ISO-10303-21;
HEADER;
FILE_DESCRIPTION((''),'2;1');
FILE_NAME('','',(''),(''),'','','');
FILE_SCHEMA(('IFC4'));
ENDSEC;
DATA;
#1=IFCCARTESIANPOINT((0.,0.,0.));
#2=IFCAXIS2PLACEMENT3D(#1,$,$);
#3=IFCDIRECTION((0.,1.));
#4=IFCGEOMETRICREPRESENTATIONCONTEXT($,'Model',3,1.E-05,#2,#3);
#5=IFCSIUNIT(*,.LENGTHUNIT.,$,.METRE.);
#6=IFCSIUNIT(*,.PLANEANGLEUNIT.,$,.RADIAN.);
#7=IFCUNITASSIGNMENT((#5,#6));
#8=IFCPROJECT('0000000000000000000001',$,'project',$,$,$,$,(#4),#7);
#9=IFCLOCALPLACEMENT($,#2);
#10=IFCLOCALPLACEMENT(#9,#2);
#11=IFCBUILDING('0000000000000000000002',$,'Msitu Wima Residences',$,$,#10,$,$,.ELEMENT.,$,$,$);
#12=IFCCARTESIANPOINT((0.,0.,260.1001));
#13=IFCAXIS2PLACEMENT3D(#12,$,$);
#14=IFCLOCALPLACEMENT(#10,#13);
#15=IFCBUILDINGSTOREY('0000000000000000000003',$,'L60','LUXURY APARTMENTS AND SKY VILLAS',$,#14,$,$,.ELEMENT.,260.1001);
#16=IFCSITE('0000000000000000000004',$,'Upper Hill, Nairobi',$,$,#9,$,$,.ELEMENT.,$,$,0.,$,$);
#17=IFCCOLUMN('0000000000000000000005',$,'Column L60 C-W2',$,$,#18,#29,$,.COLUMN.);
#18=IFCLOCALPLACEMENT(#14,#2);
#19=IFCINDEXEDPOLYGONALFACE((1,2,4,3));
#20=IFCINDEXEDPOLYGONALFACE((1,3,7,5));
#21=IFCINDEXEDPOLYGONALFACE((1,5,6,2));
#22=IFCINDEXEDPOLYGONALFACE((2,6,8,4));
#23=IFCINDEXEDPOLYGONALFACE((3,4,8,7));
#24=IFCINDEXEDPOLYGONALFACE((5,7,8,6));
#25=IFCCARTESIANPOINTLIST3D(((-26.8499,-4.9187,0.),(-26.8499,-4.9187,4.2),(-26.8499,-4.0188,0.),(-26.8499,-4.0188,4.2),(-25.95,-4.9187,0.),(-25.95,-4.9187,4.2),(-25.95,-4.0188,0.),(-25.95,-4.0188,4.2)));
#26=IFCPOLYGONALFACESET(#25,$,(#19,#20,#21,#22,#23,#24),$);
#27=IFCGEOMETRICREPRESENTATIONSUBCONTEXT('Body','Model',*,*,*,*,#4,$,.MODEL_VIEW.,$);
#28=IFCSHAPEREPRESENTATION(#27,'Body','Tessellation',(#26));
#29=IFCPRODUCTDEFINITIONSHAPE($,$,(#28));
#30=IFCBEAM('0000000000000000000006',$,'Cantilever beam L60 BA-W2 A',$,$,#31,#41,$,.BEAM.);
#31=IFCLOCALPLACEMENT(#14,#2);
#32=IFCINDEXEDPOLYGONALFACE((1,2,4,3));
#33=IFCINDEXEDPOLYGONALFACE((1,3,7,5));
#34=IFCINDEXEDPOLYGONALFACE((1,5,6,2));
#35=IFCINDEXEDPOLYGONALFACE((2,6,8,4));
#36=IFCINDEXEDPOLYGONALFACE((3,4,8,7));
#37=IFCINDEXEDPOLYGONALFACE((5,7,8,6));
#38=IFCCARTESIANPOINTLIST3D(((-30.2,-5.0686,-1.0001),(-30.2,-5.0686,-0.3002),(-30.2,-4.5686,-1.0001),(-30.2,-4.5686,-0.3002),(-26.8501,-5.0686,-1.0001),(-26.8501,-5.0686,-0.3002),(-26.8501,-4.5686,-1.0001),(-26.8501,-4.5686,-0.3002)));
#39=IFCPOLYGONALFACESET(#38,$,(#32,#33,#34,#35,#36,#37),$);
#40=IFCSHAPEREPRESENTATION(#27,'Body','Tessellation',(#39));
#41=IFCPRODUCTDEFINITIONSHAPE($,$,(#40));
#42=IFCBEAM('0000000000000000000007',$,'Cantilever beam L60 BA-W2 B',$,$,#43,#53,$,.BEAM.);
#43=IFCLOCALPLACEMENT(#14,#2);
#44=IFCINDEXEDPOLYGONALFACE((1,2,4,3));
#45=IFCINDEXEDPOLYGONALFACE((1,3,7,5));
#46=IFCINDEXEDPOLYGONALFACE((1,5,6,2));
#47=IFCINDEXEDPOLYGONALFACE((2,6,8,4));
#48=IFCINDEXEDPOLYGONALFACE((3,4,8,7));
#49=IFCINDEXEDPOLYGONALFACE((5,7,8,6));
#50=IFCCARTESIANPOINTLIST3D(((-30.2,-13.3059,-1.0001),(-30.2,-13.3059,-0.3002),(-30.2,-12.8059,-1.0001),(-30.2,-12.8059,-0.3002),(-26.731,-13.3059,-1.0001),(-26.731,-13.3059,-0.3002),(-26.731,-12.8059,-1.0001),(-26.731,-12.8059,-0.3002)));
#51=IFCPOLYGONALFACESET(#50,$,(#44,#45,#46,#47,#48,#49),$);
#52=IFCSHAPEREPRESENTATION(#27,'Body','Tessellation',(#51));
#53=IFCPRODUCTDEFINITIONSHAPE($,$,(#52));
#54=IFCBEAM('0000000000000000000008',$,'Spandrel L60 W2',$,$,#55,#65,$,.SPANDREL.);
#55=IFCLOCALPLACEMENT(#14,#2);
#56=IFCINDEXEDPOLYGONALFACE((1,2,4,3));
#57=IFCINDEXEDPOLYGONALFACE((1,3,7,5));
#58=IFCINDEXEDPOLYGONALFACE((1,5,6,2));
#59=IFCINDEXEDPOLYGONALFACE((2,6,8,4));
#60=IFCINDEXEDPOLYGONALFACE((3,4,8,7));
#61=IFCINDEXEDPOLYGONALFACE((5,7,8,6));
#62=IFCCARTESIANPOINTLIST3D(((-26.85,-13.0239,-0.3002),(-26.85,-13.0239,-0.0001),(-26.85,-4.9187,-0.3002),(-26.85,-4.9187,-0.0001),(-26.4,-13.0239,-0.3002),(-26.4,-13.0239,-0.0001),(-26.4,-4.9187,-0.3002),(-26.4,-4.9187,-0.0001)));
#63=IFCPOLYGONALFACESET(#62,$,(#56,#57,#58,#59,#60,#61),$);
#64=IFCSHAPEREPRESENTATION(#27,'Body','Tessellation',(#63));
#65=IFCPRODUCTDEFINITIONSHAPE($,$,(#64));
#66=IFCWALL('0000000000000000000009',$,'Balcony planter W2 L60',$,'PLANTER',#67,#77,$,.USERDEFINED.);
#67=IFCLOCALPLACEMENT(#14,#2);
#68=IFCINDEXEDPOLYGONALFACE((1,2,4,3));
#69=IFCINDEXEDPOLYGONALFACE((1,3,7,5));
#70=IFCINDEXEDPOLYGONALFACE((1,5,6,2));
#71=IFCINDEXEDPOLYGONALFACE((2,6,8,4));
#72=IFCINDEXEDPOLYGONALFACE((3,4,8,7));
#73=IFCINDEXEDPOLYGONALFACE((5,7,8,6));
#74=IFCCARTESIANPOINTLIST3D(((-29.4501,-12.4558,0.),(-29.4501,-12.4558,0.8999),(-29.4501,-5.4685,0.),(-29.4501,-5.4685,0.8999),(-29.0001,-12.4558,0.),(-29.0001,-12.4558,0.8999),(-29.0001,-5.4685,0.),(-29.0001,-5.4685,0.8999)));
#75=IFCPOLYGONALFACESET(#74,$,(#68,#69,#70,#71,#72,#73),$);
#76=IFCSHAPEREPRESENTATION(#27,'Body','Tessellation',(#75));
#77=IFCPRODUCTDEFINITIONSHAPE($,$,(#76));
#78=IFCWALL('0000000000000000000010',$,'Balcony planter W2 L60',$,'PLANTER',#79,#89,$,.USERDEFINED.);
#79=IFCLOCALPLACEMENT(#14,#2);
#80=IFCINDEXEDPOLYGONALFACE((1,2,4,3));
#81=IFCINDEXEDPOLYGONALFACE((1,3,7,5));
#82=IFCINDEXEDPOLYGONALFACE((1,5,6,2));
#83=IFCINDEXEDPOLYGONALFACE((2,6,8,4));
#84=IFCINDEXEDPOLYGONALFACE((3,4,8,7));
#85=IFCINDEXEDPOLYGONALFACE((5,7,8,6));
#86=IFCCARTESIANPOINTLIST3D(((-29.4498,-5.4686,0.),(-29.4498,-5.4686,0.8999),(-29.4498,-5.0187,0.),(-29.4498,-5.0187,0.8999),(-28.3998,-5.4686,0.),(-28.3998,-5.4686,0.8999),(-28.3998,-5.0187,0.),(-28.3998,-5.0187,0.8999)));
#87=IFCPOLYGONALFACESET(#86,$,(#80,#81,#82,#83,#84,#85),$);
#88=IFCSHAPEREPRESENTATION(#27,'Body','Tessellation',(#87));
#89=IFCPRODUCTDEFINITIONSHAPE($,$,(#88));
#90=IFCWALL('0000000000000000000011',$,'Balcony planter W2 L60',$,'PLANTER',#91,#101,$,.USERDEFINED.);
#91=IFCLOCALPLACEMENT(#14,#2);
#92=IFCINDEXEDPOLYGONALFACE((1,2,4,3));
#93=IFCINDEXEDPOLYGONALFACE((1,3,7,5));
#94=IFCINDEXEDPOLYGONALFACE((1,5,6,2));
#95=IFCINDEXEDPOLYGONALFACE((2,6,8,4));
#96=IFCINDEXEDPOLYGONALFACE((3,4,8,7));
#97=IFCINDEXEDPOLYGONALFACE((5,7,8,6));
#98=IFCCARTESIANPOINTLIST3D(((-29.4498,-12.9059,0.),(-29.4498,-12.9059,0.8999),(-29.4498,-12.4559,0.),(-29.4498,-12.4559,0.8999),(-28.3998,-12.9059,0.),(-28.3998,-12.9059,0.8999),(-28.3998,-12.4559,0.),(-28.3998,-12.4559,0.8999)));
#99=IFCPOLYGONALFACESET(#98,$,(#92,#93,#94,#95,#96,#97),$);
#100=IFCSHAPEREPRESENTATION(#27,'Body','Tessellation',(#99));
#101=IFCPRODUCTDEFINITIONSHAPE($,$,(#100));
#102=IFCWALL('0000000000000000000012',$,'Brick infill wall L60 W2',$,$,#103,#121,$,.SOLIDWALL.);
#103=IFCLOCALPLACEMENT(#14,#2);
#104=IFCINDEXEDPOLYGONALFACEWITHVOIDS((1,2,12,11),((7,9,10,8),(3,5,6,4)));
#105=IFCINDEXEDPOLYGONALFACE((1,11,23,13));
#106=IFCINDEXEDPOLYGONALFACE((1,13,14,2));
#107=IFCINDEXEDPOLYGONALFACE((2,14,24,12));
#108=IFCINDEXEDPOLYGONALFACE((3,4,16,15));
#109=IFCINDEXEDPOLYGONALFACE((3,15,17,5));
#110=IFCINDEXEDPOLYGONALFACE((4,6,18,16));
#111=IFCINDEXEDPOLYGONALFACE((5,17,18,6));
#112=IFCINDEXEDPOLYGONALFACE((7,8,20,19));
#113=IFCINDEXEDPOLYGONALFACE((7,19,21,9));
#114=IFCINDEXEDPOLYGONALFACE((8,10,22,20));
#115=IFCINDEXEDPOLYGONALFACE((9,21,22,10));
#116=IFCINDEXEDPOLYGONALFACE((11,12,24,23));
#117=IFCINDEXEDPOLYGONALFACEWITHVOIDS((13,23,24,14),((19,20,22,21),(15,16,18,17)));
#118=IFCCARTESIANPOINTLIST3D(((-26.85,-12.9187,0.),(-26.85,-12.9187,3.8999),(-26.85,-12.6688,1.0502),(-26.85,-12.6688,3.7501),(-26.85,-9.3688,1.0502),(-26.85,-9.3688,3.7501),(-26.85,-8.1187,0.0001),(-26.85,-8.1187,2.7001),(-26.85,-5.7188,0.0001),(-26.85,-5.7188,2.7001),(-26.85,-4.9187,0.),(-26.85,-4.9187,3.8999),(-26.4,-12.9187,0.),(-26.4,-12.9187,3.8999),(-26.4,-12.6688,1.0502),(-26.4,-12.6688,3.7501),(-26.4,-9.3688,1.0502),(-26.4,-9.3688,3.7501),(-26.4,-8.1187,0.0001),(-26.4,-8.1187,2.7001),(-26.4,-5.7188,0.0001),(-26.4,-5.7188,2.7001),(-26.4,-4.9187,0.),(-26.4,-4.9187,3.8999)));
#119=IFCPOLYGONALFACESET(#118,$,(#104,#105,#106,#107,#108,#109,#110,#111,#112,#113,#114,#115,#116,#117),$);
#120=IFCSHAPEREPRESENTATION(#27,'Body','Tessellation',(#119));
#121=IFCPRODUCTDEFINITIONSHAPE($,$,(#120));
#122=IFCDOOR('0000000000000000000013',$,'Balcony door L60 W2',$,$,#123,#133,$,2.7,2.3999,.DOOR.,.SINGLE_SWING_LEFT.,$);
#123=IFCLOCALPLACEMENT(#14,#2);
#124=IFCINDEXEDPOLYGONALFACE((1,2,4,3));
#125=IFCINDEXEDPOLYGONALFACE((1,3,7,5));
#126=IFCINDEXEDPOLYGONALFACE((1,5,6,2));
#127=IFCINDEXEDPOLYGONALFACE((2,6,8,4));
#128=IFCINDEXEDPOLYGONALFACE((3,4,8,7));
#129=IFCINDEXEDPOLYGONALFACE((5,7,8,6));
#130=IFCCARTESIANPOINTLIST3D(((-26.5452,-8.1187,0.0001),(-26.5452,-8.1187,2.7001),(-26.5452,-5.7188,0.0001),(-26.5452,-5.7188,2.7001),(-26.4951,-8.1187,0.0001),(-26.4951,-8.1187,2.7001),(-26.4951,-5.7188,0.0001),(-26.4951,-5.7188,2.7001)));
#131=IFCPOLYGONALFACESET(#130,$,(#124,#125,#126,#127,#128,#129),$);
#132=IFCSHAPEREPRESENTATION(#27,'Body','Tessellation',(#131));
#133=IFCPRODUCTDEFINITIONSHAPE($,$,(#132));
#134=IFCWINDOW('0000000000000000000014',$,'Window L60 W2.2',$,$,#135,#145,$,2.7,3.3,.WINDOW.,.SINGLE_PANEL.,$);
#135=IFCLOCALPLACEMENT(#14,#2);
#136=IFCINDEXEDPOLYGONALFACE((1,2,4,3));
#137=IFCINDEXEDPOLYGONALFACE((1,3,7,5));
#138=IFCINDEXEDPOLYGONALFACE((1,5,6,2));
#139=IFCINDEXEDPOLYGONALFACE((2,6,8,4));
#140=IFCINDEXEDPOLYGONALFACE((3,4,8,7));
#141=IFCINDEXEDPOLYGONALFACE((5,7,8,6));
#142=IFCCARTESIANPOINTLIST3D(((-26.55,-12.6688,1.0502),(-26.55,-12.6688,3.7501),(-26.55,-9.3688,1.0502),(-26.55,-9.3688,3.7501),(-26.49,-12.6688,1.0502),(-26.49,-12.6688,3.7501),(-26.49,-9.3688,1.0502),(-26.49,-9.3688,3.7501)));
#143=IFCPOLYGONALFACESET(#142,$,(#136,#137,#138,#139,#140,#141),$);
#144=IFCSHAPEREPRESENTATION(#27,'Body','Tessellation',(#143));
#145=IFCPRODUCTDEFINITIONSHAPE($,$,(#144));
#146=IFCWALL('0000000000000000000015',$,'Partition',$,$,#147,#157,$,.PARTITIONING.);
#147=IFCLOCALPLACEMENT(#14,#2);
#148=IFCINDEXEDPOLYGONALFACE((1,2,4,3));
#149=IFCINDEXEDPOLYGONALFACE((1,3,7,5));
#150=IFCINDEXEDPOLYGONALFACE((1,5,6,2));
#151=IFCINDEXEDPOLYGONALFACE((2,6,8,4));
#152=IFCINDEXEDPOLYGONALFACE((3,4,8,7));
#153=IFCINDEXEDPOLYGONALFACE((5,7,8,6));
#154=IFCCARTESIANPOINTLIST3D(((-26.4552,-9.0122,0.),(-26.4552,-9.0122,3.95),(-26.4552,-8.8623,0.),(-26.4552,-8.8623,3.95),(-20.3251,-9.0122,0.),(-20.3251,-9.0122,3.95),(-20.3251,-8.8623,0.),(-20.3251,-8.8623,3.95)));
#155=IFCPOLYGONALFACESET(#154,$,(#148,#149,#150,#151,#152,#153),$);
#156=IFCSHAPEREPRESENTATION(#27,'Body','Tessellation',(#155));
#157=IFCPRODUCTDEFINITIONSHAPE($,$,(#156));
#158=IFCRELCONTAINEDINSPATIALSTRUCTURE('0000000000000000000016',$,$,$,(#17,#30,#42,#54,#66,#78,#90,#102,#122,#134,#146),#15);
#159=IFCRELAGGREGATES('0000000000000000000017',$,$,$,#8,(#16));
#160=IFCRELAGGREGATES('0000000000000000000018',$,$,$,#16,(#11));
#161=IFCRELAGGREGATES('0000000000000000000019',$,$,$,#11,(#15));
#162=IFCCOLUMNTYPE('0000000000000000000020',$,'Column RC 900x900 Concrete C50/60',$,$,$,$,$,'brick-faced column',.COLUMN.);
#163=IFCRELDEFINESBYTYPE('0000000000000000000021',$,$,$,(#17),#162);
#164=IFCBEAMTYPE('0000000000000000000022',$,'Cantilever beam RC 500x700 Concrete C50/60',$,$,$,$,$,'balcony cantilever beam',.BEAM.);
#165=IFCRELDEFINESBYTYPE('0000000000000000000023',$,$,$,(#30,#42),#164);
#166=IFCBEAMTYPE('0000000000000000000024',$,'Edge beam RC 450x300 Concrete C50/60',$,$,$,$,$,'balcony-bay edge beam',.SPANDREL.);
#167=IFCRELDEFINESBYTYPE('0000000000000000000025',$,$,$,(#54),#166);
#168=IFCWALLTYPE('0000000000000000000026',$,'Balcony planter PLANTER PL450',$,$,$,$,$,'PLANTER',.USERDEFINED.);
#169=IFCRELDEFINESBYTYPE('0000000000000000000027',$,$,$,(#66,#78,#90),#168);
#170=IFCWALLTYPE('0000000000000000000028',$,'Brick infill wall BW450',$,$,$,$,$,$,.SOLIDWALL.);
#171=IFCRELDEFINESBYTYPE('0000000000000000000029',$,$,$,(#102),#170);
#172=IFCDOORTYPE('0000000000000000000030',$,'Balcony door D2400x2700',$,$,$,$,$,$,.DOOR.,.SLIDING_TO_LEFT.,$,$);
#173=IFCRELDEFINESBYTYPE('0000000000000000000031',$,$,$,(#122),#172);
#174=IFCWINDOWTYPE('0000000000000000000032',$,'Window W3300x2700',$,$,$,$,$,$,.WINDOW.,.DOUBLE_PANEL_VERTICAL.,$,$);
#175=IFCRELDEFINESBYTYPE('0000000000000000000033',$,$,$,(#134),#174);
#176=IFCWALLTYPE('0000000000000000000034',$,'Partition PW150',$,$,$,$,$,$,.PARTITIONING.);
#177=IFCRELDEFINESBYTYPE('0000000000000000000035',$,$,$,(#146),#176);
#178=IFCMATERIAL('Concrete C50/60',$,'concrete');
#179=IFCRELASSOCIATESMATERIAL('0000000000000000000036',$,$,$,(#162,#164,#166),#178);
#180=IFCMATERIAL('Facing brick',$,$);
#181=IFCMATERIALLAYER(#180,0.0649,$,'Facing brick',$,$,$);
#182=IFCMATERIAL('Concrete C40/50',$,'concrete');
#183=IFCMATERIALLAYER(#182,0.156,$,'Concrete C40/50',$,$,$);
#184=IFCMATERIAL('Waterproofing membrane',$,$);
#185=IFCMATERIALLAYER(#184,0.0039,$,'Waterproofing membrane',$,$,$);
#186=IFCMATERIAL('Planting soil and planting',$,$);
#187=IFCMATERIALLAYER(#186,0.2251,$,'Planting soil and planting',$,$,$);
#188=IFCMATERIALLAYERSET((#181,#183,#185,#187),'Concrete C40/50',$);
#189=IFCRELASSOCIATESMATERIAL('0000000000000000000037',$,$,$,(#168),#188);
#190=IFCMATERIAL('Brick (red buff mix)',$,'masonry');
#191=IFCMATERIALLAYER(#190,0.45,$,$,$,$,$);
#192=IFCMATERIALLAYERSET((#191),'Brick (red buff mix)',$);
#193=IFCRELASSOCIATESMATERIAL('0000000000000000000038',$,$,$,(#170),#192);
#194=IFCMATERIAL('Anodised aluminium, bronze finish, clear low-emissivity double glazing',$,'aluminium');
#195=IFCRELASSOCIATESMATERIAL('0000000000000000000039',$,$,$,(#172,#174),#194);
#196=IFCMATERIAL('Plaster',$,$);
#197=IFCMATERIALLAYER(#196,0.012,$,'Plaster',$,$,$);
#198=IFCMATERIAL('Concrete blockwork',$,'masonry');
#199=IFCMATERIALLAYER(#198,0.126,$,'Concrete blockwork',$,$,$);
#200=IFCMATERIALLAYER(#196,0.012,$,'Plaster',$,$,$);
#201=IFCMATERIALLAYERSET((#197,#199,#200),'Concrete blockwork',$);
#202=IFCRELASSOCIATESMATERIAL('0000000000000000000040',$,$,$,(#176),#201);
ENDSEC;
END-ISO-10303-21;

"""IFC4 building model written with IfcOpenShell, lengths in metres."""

from ifc_helpers import new_model, si_unit, direction, frame, frame_2d, origin, origin_2d, place, context, subcontext, project, spatial, rectangle, extrude, material, layer, layer_set, material_profile, profile_set, type_object, element, fill, save


model = new_model("IFC4")

# Units and contexts
model_context = context("Model", 3, precision=1e-05, world=origin(), true_north=direction((0.0, 1.0)))
body_context = subcontext(model_context, "Body", "Model", "MODEL_VIEW")
ifc_project = project(units=[si_unit("LENGTHUNIT", "METRE"), si_unit("PLANEANGLEUNIT", "RADIAN")], contexts=[model_context])

# Site, building, storey
site_placement = place(None, origin())
site = spatial("IfcSite", under=ifc_project, at=site_placement, Name="Upper Hill, Nairobi", CompositionType="ELEMENT", RefElevation=0.0)
building_placement = place(site_placement, origin())
building = spatial("IfcBuilding", under=site, at=building_placement, Name="Msitu Wima Residences", CompositionType="ELEMENT")
storey_placement = place(building_placement, frame((0.0, 0.0, 260.1001)))
storey = spatial("IfcBuildingStorey", under=building, at=storey_placement, Name="L60", Description="LUXURY APARTMENTS AND SKY VILLAS", CompositionType="ELEMENT", Elevation=260.1001)

# Column
ifc_material_1 = material(Name="Concrete C50/60", Category="concrete")
ifc_material_profile_1 = material_profile(ifc_material_1, rectangle(XDim=0.8999, YDim=0.8999, at=origin_2d()), Name="RC 900x900")
ifc_profile_set_1 = profile_set([ifc_material_profile_1], Name="Concrete C50/60")
column_type = type_object("IfcColumnType", Name="Column RC 900x900 Concrete C50/60", ElementType="brick-faced column", PredefinedType="COLUMN", material=ifc_profile_set_1)
column_placement = place(storey_placement, frame((-26.3999, -4.4688, 0.0), z_axis=(0.0, 0.0, 1.0), x_axis=(0.0, -1.0, 0.0)))
element("IfcColumn", 1, at=column_placement, inside=storey, type_object=column_type, Name="Column L60 C-W2", PredefinedType="COLUMN", context=body_context, shape_type="SweptSolid", body=[
    extrude(rectangle(XDim=0.8999, YDim=0.8999, at=origin_2d()), origin(), (0.0, 0.0, 1.0), 4.2),
])

# Beams
ifc_material_profile_2 = material_profile(ifc_material_1, rectangle(XDim=0.5, YDim=0.7, at=origin_2d()), Name="RC 500x700")
ifc_profile_set_2 = profile_set([ifc_material_profile_2], Name="Concrete C50/60")
beam_type_1 = type_object("IfcBeamType", Name="Cantilever beam RC 500x700 Concrete C50/60", ElementType="balcony cantilever beam", PredefinedType="BEAM", material=ifc_profile_set_2)
beam_1_placement = place(storey_placement, frame((-26.8501, -4.8186, -0.6501), z_axis=(-1.0, 0.0, 0.0), x_axis=(0.0, -1.0, 0.0)))
element("IfcBeam", 2, at=beam_1_placement, inside=storey, type_object=beam_type_1, Name="Cantilever beam L60 BA-W2 A", PredefinedType="BEAM", context=body_context, shape_type="SweptSolid", body=[
    extrude(rectangle(XDim=0.5, YDim=0.7, at=origin_2d()), origin(), (0.0, 0.0, 1.0), 3.3499),
])
beam_2_placement = place(storey_placement, frame((-26.731, -13.0559, -0.6501), z_axis=(-1.0, 0.0, 0.0), x_axis=(0.0, -1.0, 0.0)))
element("IfcBeam", 3, at=beam_2_placement, inside=storey, type_object=beam_type_1, Name="Cantilever beam L60 BA-W2 B", PredefinedType="BEAM", context=body_context, shape_type="SweptSolid", body=[
    extrude(rectangle(XDim=0.5, YDim=0.7, at=origin_2d()), origin(), (0.0, 0.0, 1.0), 3.469),
])
ifc_material_profile_3 = material_profile(ifc_material_1, rectangle(XDim=0.45, YDim=0.3, at=origin_2d()), Name="RC 450x300")
ifc_profile_set_3 = profile_set([ifc_material_profile_3], Name="Concrete C50/60")
beam_type_2 = type_object("IfcBeamType", Name="Edge beam RC 450x300 Concrete C50/60", ElementType="balcony-bay edge beam", PredefinedType="SPANDREL", material=ifc_profile_set_3)
beam_3_placement = place(storey_placement, frame((-26.625, -4.9187, -0.1501), z_axis=(0.0, -1.0, 0.0), x_axis=(1.0, 0.0, 0.0)))
element("IfcBeam", 4, at=beam_3_placement, inside=storey, type_object=beam_type_2, Name="Spandrel L60 W2", PredefinedType="SPANDREL", context=body_context, shape_type="SweptSolid", body=[
    extrude(rectangle(XDim=0.45, YDim=0.3, at=origin_2d()), origin(), (0.0, 0.0, 1.0), 8.1052),
])

# Walls
ifc_material_2 = material(Name="Facing brick")
ifc_layer_1 = layer(ifc_material_2, 0.0649, Name="Facing brick")
ifc_material_3 = material(Name="Concrete C40/50", Category="concrete")
ifc_layer_2 = layer(ifc_material_3, 0.156, Name="Concrete C40/50")
ifc_material_4 = material(Name="Waterproofing membrane")
ifc_layer_3 = layer(ifc_material_4, 0.0039, Name="Waterproofing membrane")
ifc_material_5 = material(Name="Planting soil and planting")
ifc_layer_4 = layer(ifc_material_5, 0.2251, Name="Planting soil and planting")
ifc_layer_set_1 = layer_set([ifc_layer_1, ifc_layer_2, ifc_layer_3, ifc_layer_4], Name="Concrete C40/50")
wall_type_1 = type_object("IfcWallType", Name="Balcony planter PLANTER PL450", ElementType="PLANTER", PredefinedType="USERDEFINED", material=ifc_layer_set_1)
wall_1_placement = place(storey_placement, frame((-29.2251, -5.4685, 0.0), z_axis=(0.0, 0.0, 1.0), x_axis=(0.0, -1.0, 0.0)))
element("IfcWall", 5, at=wall_1_placement, inside=storey, type_object=wall_type_1, Name="Balcony planter W2 L60", ObjectType="PLANTER", PredefinedType="USERDEFINED", context=body_context, shape_type="SweptSolid", body=[
    extrude(rectangle(XDim=6.9873, YDim=0.45, at=frame_2d((3.4937, 0.0))), origin(), (0.0, 0.0, 1.0), 0.8999),
])
for number, where, z_axis, x_axis, name in (
    (6, (-28.3999, -5.2437, 0.0), (0.0, 0.0, 1.0), (-1.0, 0.0, 0.0), "Balcony planter W2 L60"),
    (7, (-28.3999, -12.6809, 0.0), (0.0, 0.0, 1.0), (-1.0, 0.0, 0.0), "Balcony planter W2 L60"),
):
    element("IfcWall", number, at=place(storey_placement, frame(where, z_axis=z_axis, x_axis=x_axis)), inside=storey, type_object=wall_type_1, Name=name, ObjectType="PLANTER", PredefinedType="USERDEFINED", context=body_context, shape_type="SweptSolid", body=[
        extrude(rectangle(XDim=1.05, YDim=0.45, at=frame_2d((0.5249, 0.0))), origin(), (0.0, 0.0, 1.0), 0.8999),
    ])

# Wall, openings, door, window
ifc_material_6 = material(Name="Brick (red buff mix)", Category="masonry")
ifc_layer_5 = layer(ifc_material_6, 0.45)
ifc_layer_set_2 = layer_set([ifc_layer_5], Name="Brick (red buff mix)")
wall_type_2 = type_object("IfcWallType", Name="Brick infill wall BW450", PredefinedType="SOLIDWALL", material=ifc_layer_set_2)
wall_2_placement = place(storey_placement, frame((-26.625, -4.9187, 0.0), z_axis=(0.0, 0.0, 1.0), x_axis=(0.0, -1.0, 0.0)))
wall_2 = element("IfcWall", 8, at=wall_2_placement, inside=storey, type_object=wall_type_2, Name="Brick infill wall L60 W2", PredefinedType="SOLIDWALL", context=body_context, shape_type="SweptSolid", body=[
    extrude(rectangle(XDim=8.0, YDim=0.45, at=frame_2d((4.0, 0.0))), origin(), (0.0, 0.0, 1.0), 3.8999),
])
opening_1_placement = place(wall_2_placement, frame((0.8, 0.0, 0.0)))
opening_1 = element("IfcOpeningElement", 9, at=opening_1_placement, cuts=wall_2, PredefinedType="OPENING", context=body_context, shape_type="SweptSolid", body=[
    extrude(rectangle(XDim=2.3999, YDim=2.7, at=frame_2d((1.2, 1.3501))), frame((0.0, 0.2349, 0.0), z_axis=(0.0, -1.0, 0.0), x_axis=(1.0, 0.0, 0.0)), (0.0, 0.0, 1.0), 0.47),
])
opening_2_placement = place(wall_2_placement, frame((4.4502, 0.0, 1.05)))
opening_2 = element("IfcOpeningElement", 10, at=opening_2_placement, cuts=wall_2, PredefinedType="OPENING", context=body_context, shape_type="SweptSolid", body=[
    extrude(rectangle(XDim=3.3, YDim=2.7, at=frame_2d((1.6499, 1.3501))), frame((0.0, 0.2349, 0.0), z_axis=(0.0, -1.0, 0.0), x_axis=(1.0, 0.0, 0.0)), (0.0, 0.0, 1.0), 0.47),
])
ifc_material_7 = material(Name="Anodised aluminium, bronze finish, clear low-emissivity double glazing", Category="aluminium")
door_type = type_object("IfcDoorType", Name="Balcony door D2400x2700", OperationType="SLIDING_TO_LEFT", PredefinedType="DOOR", material=ifc_material_7)
door_placement = place(opening_1_placement, origin())
door = element("IfcDoor", 11, at=door_placement, inside=storey, type_object=door_type, Name="Balcony door L60 W2", OperationType="SINGLE_SWING_LEFT", OverallHeight=2.7, OverallWidth=2.3999, PredefinedType="DOOR", context=body_context, shape_type="SweptSolid", body=[
    extrude(rectangle(XDim=2.3999, YDim=2.7, at=frame_2d((1.2, 1.3501))), frame((0.0, 0.1299, 0.0), z_axis=(0.0, -1.0, 0.0), x_axis=(1.0, 0.0, 0.0)), (0.0, 0.0, 1.0), 0.05),
])
fill(opening_1, door)
window_type = type_object("IfcWindowType", Name="Window W3300x2700", PartitioningType="DOUBLE_PANEL_VERTICAL", PredefinedType="WINDOW", material=ifc_material_7)
window_placement = place(opening_2_placement, origin())
window = element("IfcWindow", 12, at=window_placement, inside=storey, type_object=window_type, Name="Window L60 W2.2", OverallHeight=2.7, OverallWidth=3.3, PartitioningType="SINGLE_PANEL", PredefinedType="WINDOW", context=body_context, shape_type="SweptSolid", body=[
    extrude(rectangle(XDim=3.3, YDim=2.7, at=frame_2d((1.6499, 1.3501))), frame((0.0, 0.135, 0.0), z_axis=(0.0, -1.0, 0.0), x_axis=(1.0, 0.0, 0.0)), (0.0, 0.0, 1.0), 0.0601),
])
fill(opening_2, window)

# Wall
ifc_material_8 = material(Name="Plaster")
ifc_layer_6 = layer(ifc_material_8, 0.012, Name="Plaster")
ifc_material_9 = material(Name="Concrete blockwork", Category="masonry")
ifc_layer_7 = layer(ifc_material_9, 0.126, Name="Concrete blockwork")
ifc_layer_8 = layer(ifc_material_8, 0.012, Name="Plaster")
ifc_layer_set_3 = layer_set([ifc_layer_6, ifc_layer_7, ifc_layer_8], Name="Concrete blockwork")
wall_type_3 = type_object("IfcWallType", Name="Partition PW150", PredefinedType="PARTITIONING", material=ifc_layer_set_3)
wall_3_placement = place(storey_placement, frame((-26.4551, -8.9373, 0.0), z_axis=(0.0, 0.0, 1.0), x_axis=(1.0, 0.0, 0.0)))
element("IfcWall", 13, at=wall_3_placement, inside=storey, type_object=wall_type_3, Name="Partition", PredefinedType="PARTITIONING", context=body_context, shape_type="SweptSolid", body=[
    extrude(rectangle(XDim=6.1301, YDim=0.1499, at=frame_2d((3.0649, 0.0))), origin(), (0.0, 0.0, 1.0), 3.95),
])

save(model, "model.ifc")
